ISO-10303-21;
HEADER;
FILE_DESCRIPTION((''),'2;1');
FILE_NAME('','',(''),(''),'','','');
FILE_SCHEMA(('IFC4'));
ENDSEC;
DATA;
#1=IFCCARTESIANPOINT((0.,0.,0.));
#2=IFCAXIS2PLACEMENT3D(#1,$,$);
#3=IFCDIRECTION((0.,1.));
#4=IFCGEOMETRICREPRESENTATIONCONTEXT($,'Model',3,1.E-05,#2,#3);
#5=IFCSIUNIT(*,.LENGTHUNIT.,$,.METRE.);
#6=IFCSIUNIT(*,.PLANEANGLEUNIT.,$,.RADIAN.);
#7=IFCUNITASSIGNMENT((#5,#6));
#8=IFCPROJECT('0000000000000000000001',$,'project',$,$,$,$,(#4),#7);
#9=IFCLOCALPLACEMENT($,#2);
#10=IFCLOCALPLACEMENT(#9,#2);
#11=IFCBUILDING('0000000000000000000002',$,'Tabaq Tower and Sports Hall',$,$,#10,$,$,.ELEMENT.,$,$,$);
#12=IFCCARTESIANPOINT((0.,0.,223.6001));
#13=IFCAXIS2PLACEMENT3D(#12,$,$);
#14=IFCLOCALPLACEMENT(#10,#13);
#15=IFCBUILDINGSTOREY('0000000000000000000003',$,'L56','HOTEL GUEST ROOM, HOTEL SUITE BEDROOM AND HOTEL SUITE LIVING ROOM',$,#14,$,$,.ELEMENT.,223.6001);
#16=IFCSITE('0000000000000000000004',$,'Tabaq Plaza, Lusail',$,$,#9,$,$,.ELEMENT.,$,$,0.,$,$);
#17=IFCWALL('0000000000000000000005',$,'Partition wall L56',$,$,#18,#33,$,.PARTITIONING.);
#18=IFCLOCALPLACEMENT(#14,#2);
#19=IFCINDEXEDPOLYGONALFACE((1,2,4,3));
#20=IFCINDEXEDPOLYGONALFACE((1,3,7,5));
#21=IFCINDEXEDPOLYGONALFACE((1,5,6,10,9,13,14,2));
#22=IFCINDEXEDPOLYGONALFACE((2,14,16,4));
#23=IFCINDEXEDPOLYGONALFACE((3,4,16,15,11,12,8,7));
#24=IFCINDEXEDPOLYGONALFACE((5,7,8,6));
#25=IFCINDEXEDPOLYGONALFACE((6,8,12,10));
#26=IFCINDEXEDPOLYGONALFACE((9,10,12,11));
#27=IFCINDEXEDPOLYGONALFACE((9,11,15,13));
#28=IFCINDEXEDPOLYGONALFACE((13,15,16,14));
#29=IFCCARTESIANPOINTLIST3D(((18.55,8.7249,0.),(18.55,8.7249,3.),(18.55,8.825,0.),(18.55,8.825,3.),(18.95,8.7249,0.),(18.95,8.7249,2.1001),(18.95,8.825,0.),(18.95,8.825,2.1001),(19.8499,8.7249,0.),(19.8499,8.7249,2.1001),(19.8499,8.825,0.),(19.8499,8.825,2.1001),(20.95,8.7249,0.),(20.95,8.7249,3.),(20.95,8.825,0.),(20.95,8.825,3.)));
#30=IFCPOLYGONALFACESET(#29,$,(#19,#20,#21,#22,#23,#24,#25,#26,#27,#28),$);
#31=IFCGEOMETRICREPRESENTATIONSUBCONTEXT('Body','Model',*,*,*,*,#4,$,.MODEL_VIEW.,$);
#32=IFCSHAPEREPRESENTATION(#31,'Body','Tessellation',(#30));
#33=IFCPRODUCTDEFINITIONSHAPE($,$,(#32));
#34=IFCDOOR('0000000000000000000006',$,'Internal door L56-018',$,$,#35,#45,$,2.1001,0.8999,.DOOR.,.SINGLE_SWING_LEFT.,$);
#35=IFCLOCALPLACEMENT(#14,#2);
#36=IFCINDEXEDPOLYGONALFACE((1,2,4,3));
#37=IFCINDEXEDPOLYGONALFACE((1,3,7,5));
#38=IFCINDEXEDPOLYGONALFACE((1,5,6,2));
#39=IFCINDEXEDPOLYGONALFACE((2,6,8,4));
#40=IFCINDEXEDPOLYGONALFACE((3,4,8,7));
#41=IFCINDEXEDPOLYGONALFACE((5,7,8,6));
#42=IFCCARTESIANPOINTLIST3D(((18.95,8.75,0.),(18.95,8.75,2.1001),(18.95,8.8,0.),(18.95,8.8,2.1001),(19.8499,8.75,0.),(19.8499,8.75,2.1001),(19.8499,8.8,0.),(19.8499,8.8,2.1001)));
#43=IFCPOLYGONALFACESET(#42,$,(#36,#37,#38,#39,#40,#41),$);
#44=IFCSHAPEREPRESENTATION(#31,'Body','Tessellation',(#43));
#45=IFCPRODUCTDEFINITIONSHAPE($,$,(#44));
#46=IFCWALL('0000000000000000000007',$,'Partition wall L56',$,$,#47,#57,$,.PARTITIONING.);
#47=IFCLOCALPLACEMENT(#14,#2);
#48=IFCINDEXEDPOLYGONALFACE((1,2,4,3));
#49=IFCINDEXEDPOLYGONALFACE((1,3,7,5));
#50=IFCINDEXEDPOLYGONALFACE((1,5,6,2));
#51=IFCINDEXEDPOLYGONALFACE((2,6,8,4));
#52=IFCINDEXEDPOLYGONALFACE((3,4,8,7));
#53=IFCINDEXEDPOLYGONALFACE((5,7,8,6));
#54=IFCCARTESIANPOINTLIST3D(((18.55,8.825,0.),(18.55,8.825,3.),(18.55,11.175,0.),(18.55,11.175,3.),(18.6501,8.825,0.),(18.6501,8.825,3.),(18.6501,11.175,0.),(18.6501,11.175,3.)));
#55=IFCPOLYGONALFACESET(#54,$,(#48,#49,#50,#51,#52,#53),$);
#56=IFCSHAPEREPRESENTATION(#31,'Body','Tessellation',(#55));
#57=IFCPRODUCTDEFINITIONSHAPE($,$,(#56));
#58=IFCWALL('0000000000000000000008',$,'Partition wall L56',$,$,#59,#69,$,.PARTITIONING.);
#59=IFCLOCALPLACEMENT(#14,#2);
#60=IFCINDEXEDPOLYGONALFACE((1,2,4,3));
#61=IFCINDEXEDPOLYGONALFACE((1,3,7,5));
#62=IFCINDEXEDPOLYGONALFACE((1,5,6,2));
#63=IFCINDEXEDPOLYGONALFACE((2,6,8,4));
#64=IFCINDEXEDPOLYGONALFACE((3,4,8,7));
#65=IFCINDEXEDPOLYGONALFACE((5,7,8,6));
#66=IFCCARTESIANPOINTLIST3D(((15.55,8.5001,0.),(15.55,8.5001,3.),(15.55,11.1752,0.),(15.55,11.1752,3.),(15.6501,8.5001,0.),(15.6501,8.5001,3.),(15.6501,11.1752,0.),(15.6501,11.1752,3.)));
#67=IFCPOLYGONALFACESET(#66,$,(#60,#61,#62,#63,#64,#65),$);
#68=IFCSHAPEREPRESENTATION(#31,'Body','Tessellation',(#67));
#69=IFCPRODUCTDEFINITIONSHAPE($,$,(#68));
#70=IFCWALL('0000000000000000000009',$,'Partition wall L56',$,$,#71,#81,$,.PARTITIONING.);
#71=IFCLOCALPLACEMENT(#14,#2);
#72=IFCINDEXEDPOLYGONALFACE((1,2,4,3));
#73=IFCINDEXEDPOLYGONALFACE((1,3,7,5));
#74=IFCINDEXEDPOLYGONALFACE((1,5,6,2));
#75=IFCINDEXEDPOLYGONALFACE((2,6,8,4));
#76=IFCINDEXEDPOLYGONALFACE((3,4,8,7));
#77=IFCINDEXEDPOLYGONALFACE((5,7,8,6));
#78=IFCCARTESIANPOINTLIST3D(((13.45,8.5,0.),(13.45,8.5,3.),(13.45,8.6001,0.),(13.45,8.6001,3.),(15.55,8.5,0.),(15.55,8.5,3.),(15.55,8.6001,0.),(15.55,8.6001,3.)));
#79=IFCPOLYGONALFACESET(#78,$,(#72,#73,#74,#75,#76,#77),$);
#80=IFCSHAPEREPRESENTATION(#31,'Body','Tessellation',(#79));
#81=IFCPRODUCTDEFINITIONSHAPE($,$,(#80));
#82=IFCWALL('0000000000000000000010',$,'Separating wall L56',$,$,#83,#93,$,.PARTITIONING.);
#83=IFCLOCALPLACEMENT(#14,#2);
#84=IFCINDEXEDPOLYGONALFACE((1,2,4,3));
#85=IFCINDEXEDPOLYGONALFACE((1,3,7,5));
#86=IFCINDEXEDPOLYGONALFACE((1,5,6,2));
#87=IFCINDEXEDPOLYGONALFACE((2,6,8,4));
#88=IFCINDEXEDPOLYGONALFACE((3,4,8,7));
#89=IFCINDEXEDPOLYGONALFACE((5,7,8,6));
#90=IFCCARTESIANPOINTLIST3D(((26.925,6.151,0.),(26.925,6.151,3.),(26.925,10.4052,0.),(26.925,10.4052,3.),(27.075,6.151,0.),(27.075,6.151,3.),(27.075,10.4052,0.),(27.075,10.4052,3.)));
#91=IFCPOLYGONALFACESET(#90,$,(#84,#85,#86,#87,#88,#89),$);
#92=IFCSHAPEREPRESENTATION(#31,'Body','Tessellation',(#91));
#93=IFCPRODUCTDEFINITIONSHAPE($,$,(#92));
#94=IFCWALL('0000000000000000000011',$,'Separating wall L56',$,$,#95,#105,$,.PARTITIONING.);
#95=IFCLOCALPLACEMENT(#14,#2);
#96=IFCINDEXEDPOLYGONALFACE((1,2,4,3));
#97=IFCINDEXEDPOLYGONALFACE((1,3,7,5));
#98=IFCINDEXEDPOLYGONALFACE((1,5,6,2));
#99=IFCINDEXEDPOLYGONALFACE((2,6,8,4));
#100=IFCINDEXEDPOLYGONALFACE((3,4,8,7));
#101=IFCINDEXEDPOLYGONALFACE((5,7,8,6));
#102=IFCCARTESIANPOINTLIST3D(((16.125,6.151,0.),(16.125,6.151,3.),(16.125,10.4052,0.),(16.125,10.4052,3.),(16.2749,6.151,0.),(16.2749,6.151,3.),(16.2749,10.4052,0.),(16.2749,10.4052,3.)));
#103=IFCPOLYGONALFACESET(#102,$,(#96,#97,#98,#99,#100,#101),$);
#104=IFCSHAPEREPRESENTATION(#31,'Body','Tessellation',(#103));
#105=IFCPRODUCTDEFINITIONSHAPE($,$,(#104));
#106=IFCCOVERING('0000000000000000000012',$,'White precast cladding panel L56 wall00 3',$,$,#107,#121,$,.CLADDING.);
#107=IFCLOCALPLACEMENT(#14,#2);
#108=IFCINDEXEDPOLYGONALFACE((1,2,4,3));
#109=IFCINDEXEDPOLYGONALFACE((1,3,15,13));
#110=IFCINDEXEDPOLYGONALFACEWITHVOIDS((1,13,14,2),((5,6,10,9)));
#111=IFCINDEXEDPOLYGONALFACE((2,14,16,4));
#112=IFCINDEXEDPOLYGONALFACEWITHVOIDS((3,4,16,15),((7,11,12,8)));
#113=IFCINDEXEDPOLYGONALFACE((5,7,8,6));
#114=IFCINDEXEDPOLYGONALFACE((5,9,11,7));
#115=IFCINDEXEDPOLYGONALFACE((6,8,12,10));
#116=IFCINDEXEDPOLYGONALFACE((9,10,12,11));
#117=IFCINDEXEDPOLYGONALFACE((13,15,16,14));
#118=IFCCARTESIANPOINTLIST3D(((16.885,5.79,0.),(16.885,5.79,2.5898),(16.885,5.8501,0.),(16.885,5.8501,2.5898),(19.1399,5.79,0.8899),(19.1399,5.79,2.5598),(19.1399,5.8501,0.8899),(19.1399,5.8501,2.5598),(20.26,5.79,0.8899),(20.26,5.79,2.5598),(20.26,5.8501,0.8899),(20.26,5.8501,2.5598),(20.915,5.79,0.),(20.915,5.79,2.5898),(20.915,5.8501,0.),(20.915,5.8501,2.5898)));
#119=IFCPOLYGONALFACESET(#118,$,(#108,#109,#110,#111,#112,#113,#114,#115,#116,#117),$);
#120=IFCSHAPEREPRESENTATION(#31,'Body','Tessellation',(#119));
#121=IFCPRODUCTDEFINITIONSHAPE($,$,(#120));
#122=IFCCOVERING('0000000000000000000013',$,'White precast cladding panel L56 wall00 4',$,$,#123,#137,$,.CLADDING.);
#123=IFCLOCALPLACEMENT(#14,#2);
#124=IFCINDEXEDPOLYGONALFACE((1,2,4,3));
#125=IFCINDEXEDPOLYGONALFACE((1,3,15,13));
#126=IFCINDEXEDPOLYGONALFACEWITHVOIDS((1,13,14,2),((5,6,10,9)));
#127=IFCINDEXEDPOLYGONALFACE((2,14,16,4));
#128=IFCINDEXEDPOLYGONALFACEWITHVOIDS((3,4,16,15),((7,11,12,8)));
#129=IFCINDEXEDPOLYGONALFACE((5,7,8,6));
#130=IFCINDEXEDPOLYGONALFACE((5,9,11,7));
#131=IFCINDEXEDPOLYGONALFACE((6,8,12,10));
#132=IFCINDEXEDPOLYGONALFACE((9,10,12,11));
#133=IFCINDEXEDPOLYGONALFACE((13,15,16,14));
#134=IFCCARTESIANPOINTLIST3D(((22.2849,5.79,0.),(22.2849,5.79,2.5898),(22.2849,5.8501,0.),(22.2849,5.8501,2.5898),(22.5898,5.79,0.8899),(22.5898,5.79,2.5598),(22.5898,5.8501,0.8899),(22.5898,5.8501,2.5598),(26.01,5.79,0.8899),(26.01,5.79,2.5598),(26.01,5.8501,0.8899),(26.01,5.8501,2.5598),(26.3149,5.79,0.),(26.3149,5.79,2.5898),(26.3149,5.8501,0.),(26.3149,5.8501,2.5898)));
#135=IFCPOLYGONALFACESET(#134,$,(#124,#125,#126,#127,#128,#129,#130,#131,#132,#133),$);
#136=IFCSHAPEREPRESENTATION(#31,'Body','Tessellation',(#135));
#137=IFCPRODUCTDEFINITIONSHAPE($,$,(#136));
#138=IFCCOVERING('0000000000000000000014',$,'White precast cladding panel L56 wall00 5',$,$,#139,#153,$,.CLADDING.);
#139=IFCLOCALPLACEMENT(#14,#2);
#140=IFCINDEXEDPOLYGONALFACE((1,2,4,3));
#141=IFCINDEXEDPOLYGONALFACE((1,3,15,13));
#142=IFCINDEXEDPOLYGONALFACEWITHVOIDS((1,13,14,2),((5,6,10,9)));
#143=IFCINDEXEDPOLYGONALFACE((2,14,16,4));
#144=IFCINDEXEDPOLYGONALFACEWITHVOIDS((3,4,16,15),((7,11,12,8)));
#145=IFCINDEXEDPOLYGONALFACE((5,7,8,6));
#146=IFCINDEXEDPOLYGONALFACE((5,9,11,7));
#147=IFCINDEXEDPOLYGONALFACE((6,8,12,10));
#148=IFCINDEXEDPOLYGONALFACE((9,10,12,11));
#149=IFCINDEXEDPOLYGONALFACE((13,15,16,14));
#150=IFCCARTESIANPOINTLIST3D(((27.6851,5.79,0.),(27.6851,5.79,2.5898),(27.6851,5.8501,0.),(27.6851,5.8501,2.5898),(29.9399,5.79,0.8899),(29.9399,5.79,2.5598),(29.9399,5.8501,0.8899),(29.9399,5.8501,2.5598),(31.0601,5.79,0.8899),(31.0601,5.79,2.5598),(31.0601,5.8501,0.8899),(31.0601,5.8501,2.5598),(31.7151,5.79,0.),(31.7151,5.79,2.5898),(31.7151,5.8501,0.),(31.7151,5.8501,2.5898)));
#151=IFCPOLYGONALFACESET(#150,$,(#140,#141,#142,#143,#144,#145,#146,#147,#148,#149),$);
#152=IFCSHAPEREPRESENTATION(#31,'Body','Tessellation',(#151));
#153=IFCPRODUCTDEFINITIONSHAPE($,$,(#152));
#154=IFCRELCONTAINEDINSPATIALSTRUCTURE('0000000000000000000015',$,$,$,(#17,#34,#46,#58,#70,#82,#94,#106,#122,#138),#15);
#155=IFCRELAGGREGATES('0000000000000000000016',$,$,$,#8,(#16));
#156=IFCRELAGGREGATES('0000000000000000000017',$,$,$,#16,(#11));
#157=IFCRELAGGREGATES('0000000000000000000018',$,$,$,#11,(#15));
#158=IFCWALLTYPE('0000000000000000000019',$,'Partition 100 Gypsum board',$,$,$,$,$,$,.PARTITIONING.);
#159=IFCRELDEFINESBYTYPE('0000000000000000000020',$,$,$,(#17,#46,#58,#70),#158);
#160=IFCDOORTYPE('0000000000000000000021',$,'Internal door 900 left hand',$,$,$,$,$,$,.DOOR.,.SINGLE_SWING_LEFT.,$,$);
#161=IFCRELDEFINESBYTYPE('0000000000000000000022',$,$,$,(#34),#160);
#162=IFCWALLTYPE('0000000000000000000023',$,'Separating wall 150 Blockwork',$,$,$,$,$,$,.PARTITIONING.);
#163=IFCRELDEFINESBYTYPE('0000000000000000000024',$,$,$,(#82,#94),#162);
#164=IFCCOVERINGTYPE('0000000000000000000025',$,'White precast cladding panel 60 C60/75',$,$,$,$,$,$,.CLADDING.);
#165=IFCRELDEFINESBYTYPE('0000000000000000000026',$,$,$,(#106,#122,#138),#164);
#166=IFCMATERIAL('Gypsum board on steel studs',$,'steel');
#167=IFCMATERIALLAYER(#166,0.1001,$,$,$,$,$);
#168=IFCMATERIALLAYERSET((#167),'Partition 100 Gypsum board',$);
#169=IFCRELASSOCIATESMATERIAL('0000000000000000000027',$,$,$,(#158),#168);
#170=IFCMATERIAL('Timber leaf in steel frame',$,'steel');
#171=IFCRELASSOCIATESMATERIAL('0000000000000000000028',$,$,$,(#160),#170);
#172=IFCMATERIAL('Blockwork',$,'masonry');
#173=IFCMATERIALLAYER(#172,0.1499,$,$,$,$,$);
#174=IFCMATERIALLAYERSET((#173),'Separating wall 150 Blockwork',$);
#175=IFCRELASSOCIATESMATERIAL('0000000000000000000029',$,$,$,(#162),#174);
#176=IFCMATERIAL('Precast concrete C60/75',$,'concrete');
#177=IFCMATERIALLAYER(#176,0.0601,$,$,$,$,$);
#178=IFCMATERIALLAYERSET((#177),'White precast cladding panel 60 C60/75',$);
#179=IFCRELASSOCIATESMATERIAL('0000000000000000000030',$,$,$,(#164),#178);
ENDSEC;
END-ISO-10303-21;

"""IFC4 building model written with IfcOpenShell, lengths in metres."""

from ifc_helpers import new_model, si_unit, direction, frame, frame_2d, origin, place, context, subcontext, project, spatial, polyline, rectangle, outline, extrude, material, layer, layer_set, type_object, element, fill, save


model = new_model("IFC4")

# Units and contexts
model_context = context("Model", 3, precision=1e-05, world=origin(), true_north=direction((0.0, 1.0)))
body_context = subcontext(model_context, "Body", "Model", "MODEL_VIEW")
ifc_project = project(units=[si_unit("LENGTHUNIT", "METRE"), si_unit("PLANEANGLEUNIT", "RADIAN")], contexts=[model_context])

# Site, building, storey
site_placement = place(None, origin())
site = spatial("IfcSite", under=ifc_project, at=site_placement, Name="Tabaq Plaza, Lusail", CompositionType="ELEMENT", RefElevation=0.0)
building_placement = place(site_placement, origin())
building = spatial("IfcBuilding", under=site, at=building_placement, Name="Tabaq Tower and Sports Hall", CompositionType="ELEMENT")
storey_placement = place(building_placement, frame((0.0, 0.0, 223.6001)))
storey = spatial("IfcBuildingStorey", under=building, at=storey_placement, Name="L56", Description="HOTEL GUEST ROOM, HOTEL SUITE BEDROOM AND HOTEL SUITE LIVING ROOM", CompositionType="ELEMENT", Elevation=223.6001)

# Wall, opening, door
ifc_material_1 = material(Name="Gypsum board on steel studs", Category="steel")
ifc_layer_1 = layer(ifc_material_1, 0.1001)
ifc_layer_set_1 = layer_set([ifc_layer_1], Name="Partition 100 Gypsum board")
wall_type_1 = type_object("IfcWallType", Name="Partition 100 Gypsum board", PredefinedType="PARTITIONING", material=ifc_layer_set_1)
wall_1_placement = place(storey_placement, frame((20.95, 8.7749, 0.0), z_axis=(0.0, 0.0, 1.0), x_axis=(-1.0, 0.0, 0.0)))
wall_1 = element("IfcWall", 1, at=wall_1_placement, inside=storey, type_object=wall_type_1, Name="Partition wall L56", PredefinedType="PARTITIONING", context=body_context, shape_type="SweptSolid", body=[
    extrude(rectangle(XDim=2.3999, YDim=0.1001, at=frame_2d((1.2, 0.0))), origin(), (0.0, 0.0, 1.0), 3.0),
])
opening_1_placement = place(wall_1_placement, frame((1.1001, 0.0, 0.0)))
opening_1 = element("IfcOpeningElement", 2, at=opening_1_placement, cuts=wall_1, PredefinedType="OPENING", context=body_context, shape_type="SweptSolid", body=[
    extrude(rectangle(XDim=0.8999, YDim=2.1001, at=frame_2d((0.45, 1.05))), frame((0.0, 0.05, 0.0), z_axis=(0.0, -1.0, 0.0), x_axis=(1.0, 0.0, 0.0)), (0.0, 0.0, 1.0), 0.1001),
])
ifc_material_2 = material(Name="Timber leaf in steel frame", Category="steel")
door_type_1 = type_object("IfcDoorType", Name="Internal door 900 left hand", OperationType="SINGLE_SWING_LEFT", PredefinedType="DOOR", material=ifc_material_2)
door_1_placement = place(opening_1_placement, origin())
door_1 = element("IfcDoor", 3, at=door_1_placement, inside=storey, type_object=door_type_1, Name="Internal door L56-018", OperationType="SINGLE_SWING_LEFT", OverallHeight=2.1001, OverallWidth=0.8999, PredefinedType="DOOR", context=body_context, shape_type="SweptSolid", body=[
    extrude(rectangle(XDim=0.8999, YDim=2.1001, at=frame_2d((0.45, 1.05))), frame((0.0, 0.0249, 0.0), z_axis=(0.0, -1.0, 0.0), x_axis=(1.0, 0.0, 0.0)), (0.0, 0.0, 1.0), 0.05),
])
fill(opening_1, door_1)

# Walls
wall_2_placement = place(storey_placement, frame((18.6001, 8.825, 0.0), z_axis=(0.0, 0.0, 1.0), x_axis=(0.0, 1.0, 0.0)))
element("IfcWall", 4, at=wall_2_placement, inside=storey, type_object=wall_type_1, Name="Partition wall L56", PredefinedType="PARTITIONING", context=body_context, shape_type="SweptSolid", body=[
    extrude(rectangle(XDim=2.3501, YDim=0.1001, at=frame_2d((1.175, 0.0))), origin(), (0.0, 0.0, 1.0), 3.0),
])
wall_3_placement = place(storey_placement, frame((15.6001, 11.175, 0.0), z_axis=(0.0, 0.0, 1.0), x_axis=(0.0, -1.0, 0.0)))
element("IfcWall", 5, at=wall_3_placement, inside=storey, type_object=wall_type_1, Name="Partition wall L56", PredefinedType="PARTITIONING", context=body_context, shape_type="SweptSolid", body=[
    extrude(rectangle(XDim=2.675, YDim=0.1001, at=frame_2d((1.3374, 0.0))), origin(), (0.0, 0.0, 1.0), 3.0),
])
wall_4_placement = place(storey_placement, frame((15.55, 8.55, 0.0), z_axis=(0.0, 0.0, 1.0), x_axis=(-1.0, 0.0, 0.0)))
element("IfcWall", 6, at=wall_4_placement, inside=storey, type_object=wall_type_1, Name="Partition wall L56", PredefinedType="PARTITIONING", context=body_context, shape_type="SweptSolid", body=[
    extrude(rectangle(XDim=2.1001, YDim=0.1001, at=frame_2d((1.05, 0.0))), origin(), (0.0, 0.0, 1.0), 3.0),
])
ifc_material_3 = material(Name="Blockwork", Category="masonry")
ifc_layer_2 = layer(ifc_material_3, 0.1499)
ifc_layer_set_2 = layer_set([ifc_layer_2], Name="Separating wall 150 Blockwork")
wall_type_2 = type_object("IfcWallType", Name="Separating wall 150 Blockwork", PredefinedType="PARTITIONING", material=ifc_layer_set_2)
for number, where, z_axis, x_axis, name in (
    (7, (27.0, 10.405, 0.0), (0.0, 0.0, 1.0), (0.0, -1.0, 0.0), "Separating wall L56"),
    (8, (16.2, 10.405, 0.0), (0.0, 0.0, 1.0), (0.0, -1.0, 0.0), "Separating wall L56"),
):
    element("IfcWall", number, at=place(storey_placement, frame(where, z_axis=z_axis, x_axis=x_axis)), inside=storey, type_object=wall_type_2, Name=name, PredefinedType="PARTITIONING", context=body_context, shape_type="SweptSolid", body=[
        extrude(rectangle(XDim=4.2542, YDim=0.1499, at=frame_2d((2.127, 0.0))), origin(), (0.0, 0.0, 1.0), 3.0),
    ])

# Coverings
ifc_material_4 = material(Name="Precast concrete C60/75", Category="concrete")
ifc_layer_3 = layer(ifc_material_4, 0.0601)
ifc_layer_set_3 = layer_set([ifc_layer_3], Name="White precast cladding panel 60 C60/75")
covering_type = type_object("IfcCoveringType", Name="White precast cladding panel 60 C60/75", PredefinedType="CLADDING", material=ifc_layer_set_3)
covering_1_placement = place(storey_placement, frame((16.885, 5.8201, 0.0), z_axis=(0.0, 0.0, 1.0), x_axis=(1.0, 0.0, 0.0)))
element("IfcCovering", 9, at=covering_1_placement, inside=storey, type_object=covering_type, Name="White precast cladding panel L56 wall00 3", PredefinedType="CLADDING", context=body_context, shape_type="SweptSolid", body=[
    extrude(outline(polyline([(0.0, 0.0), (4.03, 0.0), (4.03, 2.5898), (0.0, 2.5898), (0.0, 0.0)]), holes=[polyline([(3.375, 0.8899), (2.2549, 0.8899), (2.2549, 2.5598), (3.375, 2.5598), (3.375, 0.8899)])]), frame((0.0, 0.03, 0.0), z_axis=(0.0, -1.0, 0.0), x_axis=(1.0, 0.0, 0.0)), (0.0, 0.0, 1.0), 0.0601),
])
covering_2_placement = place(storey_placement, frame((22.2849, 5.8201, 0.0), z_axis=(0.0, 0.0, 1.0), x_axis=(1.0, 0.0, 0.0)))
element("IfcCovering", 10, at=covering_2_placement, inside=storey, type_object=covering_type, Name="White precast cladding panel L56 wall00 4", PredefinedType="CLADDING", context=body_context, shape_type="SweptSolid", body=[
    extrude(outline(polyline([(0.0, 0.0), (4.03, 0.0), (4.03, 2.5898), (0.0, 2.5898), (0.0, 0.0)]), holes=[polyline([(3.7251, 0.8899), (0.3049, 0.8899), (0.3049, 2.5598), (3.7251, 2.5598), (3.7251, 0.8899)])]), frame((0.0, 0.03, 0.0), z_axis=(0.0, -1.0, 0.0), x_axis=(1.0, 0.0, 0.0)), (0.0, 0.0, 1.0), 0.0601),
])
covering_3_placement = place(storey_placement, frame((27.6851, 5.8201, 0.0), z_axis=(0.0, 0.0, 1.0), x_axis=(1.0, 0.0, 0.0)))
element("IfcCovering", 11, at=covering_3_placement, inside=storey, type_object=covering_type, Name="White precast cladding panel L56 wall00 5", PredefinedType="CLADDING", context=body_context, shape_type="SweptSolid", body=[
    extrude(outline(polyline([(0.0, 0.0), (4.03, 0.0), (4.03, 2.5898), (0.0, 2.5898), (0.0, 0.0)]), holes=[polyline([(3.375, 0.8899), (2.2549, 0.8899), (2.2549, 2.5598), (3.375, 2.5598), (3.375, 0.8899)])]), frame((0.0, 0.03, 0.0), z_axis=(0.0, -1.0, 0.0), x_axis=(1.0, 0.0, 0.0)), (0.0, 0.0, 1.0), 0.0601),
])

save(model, "model.ifc")
